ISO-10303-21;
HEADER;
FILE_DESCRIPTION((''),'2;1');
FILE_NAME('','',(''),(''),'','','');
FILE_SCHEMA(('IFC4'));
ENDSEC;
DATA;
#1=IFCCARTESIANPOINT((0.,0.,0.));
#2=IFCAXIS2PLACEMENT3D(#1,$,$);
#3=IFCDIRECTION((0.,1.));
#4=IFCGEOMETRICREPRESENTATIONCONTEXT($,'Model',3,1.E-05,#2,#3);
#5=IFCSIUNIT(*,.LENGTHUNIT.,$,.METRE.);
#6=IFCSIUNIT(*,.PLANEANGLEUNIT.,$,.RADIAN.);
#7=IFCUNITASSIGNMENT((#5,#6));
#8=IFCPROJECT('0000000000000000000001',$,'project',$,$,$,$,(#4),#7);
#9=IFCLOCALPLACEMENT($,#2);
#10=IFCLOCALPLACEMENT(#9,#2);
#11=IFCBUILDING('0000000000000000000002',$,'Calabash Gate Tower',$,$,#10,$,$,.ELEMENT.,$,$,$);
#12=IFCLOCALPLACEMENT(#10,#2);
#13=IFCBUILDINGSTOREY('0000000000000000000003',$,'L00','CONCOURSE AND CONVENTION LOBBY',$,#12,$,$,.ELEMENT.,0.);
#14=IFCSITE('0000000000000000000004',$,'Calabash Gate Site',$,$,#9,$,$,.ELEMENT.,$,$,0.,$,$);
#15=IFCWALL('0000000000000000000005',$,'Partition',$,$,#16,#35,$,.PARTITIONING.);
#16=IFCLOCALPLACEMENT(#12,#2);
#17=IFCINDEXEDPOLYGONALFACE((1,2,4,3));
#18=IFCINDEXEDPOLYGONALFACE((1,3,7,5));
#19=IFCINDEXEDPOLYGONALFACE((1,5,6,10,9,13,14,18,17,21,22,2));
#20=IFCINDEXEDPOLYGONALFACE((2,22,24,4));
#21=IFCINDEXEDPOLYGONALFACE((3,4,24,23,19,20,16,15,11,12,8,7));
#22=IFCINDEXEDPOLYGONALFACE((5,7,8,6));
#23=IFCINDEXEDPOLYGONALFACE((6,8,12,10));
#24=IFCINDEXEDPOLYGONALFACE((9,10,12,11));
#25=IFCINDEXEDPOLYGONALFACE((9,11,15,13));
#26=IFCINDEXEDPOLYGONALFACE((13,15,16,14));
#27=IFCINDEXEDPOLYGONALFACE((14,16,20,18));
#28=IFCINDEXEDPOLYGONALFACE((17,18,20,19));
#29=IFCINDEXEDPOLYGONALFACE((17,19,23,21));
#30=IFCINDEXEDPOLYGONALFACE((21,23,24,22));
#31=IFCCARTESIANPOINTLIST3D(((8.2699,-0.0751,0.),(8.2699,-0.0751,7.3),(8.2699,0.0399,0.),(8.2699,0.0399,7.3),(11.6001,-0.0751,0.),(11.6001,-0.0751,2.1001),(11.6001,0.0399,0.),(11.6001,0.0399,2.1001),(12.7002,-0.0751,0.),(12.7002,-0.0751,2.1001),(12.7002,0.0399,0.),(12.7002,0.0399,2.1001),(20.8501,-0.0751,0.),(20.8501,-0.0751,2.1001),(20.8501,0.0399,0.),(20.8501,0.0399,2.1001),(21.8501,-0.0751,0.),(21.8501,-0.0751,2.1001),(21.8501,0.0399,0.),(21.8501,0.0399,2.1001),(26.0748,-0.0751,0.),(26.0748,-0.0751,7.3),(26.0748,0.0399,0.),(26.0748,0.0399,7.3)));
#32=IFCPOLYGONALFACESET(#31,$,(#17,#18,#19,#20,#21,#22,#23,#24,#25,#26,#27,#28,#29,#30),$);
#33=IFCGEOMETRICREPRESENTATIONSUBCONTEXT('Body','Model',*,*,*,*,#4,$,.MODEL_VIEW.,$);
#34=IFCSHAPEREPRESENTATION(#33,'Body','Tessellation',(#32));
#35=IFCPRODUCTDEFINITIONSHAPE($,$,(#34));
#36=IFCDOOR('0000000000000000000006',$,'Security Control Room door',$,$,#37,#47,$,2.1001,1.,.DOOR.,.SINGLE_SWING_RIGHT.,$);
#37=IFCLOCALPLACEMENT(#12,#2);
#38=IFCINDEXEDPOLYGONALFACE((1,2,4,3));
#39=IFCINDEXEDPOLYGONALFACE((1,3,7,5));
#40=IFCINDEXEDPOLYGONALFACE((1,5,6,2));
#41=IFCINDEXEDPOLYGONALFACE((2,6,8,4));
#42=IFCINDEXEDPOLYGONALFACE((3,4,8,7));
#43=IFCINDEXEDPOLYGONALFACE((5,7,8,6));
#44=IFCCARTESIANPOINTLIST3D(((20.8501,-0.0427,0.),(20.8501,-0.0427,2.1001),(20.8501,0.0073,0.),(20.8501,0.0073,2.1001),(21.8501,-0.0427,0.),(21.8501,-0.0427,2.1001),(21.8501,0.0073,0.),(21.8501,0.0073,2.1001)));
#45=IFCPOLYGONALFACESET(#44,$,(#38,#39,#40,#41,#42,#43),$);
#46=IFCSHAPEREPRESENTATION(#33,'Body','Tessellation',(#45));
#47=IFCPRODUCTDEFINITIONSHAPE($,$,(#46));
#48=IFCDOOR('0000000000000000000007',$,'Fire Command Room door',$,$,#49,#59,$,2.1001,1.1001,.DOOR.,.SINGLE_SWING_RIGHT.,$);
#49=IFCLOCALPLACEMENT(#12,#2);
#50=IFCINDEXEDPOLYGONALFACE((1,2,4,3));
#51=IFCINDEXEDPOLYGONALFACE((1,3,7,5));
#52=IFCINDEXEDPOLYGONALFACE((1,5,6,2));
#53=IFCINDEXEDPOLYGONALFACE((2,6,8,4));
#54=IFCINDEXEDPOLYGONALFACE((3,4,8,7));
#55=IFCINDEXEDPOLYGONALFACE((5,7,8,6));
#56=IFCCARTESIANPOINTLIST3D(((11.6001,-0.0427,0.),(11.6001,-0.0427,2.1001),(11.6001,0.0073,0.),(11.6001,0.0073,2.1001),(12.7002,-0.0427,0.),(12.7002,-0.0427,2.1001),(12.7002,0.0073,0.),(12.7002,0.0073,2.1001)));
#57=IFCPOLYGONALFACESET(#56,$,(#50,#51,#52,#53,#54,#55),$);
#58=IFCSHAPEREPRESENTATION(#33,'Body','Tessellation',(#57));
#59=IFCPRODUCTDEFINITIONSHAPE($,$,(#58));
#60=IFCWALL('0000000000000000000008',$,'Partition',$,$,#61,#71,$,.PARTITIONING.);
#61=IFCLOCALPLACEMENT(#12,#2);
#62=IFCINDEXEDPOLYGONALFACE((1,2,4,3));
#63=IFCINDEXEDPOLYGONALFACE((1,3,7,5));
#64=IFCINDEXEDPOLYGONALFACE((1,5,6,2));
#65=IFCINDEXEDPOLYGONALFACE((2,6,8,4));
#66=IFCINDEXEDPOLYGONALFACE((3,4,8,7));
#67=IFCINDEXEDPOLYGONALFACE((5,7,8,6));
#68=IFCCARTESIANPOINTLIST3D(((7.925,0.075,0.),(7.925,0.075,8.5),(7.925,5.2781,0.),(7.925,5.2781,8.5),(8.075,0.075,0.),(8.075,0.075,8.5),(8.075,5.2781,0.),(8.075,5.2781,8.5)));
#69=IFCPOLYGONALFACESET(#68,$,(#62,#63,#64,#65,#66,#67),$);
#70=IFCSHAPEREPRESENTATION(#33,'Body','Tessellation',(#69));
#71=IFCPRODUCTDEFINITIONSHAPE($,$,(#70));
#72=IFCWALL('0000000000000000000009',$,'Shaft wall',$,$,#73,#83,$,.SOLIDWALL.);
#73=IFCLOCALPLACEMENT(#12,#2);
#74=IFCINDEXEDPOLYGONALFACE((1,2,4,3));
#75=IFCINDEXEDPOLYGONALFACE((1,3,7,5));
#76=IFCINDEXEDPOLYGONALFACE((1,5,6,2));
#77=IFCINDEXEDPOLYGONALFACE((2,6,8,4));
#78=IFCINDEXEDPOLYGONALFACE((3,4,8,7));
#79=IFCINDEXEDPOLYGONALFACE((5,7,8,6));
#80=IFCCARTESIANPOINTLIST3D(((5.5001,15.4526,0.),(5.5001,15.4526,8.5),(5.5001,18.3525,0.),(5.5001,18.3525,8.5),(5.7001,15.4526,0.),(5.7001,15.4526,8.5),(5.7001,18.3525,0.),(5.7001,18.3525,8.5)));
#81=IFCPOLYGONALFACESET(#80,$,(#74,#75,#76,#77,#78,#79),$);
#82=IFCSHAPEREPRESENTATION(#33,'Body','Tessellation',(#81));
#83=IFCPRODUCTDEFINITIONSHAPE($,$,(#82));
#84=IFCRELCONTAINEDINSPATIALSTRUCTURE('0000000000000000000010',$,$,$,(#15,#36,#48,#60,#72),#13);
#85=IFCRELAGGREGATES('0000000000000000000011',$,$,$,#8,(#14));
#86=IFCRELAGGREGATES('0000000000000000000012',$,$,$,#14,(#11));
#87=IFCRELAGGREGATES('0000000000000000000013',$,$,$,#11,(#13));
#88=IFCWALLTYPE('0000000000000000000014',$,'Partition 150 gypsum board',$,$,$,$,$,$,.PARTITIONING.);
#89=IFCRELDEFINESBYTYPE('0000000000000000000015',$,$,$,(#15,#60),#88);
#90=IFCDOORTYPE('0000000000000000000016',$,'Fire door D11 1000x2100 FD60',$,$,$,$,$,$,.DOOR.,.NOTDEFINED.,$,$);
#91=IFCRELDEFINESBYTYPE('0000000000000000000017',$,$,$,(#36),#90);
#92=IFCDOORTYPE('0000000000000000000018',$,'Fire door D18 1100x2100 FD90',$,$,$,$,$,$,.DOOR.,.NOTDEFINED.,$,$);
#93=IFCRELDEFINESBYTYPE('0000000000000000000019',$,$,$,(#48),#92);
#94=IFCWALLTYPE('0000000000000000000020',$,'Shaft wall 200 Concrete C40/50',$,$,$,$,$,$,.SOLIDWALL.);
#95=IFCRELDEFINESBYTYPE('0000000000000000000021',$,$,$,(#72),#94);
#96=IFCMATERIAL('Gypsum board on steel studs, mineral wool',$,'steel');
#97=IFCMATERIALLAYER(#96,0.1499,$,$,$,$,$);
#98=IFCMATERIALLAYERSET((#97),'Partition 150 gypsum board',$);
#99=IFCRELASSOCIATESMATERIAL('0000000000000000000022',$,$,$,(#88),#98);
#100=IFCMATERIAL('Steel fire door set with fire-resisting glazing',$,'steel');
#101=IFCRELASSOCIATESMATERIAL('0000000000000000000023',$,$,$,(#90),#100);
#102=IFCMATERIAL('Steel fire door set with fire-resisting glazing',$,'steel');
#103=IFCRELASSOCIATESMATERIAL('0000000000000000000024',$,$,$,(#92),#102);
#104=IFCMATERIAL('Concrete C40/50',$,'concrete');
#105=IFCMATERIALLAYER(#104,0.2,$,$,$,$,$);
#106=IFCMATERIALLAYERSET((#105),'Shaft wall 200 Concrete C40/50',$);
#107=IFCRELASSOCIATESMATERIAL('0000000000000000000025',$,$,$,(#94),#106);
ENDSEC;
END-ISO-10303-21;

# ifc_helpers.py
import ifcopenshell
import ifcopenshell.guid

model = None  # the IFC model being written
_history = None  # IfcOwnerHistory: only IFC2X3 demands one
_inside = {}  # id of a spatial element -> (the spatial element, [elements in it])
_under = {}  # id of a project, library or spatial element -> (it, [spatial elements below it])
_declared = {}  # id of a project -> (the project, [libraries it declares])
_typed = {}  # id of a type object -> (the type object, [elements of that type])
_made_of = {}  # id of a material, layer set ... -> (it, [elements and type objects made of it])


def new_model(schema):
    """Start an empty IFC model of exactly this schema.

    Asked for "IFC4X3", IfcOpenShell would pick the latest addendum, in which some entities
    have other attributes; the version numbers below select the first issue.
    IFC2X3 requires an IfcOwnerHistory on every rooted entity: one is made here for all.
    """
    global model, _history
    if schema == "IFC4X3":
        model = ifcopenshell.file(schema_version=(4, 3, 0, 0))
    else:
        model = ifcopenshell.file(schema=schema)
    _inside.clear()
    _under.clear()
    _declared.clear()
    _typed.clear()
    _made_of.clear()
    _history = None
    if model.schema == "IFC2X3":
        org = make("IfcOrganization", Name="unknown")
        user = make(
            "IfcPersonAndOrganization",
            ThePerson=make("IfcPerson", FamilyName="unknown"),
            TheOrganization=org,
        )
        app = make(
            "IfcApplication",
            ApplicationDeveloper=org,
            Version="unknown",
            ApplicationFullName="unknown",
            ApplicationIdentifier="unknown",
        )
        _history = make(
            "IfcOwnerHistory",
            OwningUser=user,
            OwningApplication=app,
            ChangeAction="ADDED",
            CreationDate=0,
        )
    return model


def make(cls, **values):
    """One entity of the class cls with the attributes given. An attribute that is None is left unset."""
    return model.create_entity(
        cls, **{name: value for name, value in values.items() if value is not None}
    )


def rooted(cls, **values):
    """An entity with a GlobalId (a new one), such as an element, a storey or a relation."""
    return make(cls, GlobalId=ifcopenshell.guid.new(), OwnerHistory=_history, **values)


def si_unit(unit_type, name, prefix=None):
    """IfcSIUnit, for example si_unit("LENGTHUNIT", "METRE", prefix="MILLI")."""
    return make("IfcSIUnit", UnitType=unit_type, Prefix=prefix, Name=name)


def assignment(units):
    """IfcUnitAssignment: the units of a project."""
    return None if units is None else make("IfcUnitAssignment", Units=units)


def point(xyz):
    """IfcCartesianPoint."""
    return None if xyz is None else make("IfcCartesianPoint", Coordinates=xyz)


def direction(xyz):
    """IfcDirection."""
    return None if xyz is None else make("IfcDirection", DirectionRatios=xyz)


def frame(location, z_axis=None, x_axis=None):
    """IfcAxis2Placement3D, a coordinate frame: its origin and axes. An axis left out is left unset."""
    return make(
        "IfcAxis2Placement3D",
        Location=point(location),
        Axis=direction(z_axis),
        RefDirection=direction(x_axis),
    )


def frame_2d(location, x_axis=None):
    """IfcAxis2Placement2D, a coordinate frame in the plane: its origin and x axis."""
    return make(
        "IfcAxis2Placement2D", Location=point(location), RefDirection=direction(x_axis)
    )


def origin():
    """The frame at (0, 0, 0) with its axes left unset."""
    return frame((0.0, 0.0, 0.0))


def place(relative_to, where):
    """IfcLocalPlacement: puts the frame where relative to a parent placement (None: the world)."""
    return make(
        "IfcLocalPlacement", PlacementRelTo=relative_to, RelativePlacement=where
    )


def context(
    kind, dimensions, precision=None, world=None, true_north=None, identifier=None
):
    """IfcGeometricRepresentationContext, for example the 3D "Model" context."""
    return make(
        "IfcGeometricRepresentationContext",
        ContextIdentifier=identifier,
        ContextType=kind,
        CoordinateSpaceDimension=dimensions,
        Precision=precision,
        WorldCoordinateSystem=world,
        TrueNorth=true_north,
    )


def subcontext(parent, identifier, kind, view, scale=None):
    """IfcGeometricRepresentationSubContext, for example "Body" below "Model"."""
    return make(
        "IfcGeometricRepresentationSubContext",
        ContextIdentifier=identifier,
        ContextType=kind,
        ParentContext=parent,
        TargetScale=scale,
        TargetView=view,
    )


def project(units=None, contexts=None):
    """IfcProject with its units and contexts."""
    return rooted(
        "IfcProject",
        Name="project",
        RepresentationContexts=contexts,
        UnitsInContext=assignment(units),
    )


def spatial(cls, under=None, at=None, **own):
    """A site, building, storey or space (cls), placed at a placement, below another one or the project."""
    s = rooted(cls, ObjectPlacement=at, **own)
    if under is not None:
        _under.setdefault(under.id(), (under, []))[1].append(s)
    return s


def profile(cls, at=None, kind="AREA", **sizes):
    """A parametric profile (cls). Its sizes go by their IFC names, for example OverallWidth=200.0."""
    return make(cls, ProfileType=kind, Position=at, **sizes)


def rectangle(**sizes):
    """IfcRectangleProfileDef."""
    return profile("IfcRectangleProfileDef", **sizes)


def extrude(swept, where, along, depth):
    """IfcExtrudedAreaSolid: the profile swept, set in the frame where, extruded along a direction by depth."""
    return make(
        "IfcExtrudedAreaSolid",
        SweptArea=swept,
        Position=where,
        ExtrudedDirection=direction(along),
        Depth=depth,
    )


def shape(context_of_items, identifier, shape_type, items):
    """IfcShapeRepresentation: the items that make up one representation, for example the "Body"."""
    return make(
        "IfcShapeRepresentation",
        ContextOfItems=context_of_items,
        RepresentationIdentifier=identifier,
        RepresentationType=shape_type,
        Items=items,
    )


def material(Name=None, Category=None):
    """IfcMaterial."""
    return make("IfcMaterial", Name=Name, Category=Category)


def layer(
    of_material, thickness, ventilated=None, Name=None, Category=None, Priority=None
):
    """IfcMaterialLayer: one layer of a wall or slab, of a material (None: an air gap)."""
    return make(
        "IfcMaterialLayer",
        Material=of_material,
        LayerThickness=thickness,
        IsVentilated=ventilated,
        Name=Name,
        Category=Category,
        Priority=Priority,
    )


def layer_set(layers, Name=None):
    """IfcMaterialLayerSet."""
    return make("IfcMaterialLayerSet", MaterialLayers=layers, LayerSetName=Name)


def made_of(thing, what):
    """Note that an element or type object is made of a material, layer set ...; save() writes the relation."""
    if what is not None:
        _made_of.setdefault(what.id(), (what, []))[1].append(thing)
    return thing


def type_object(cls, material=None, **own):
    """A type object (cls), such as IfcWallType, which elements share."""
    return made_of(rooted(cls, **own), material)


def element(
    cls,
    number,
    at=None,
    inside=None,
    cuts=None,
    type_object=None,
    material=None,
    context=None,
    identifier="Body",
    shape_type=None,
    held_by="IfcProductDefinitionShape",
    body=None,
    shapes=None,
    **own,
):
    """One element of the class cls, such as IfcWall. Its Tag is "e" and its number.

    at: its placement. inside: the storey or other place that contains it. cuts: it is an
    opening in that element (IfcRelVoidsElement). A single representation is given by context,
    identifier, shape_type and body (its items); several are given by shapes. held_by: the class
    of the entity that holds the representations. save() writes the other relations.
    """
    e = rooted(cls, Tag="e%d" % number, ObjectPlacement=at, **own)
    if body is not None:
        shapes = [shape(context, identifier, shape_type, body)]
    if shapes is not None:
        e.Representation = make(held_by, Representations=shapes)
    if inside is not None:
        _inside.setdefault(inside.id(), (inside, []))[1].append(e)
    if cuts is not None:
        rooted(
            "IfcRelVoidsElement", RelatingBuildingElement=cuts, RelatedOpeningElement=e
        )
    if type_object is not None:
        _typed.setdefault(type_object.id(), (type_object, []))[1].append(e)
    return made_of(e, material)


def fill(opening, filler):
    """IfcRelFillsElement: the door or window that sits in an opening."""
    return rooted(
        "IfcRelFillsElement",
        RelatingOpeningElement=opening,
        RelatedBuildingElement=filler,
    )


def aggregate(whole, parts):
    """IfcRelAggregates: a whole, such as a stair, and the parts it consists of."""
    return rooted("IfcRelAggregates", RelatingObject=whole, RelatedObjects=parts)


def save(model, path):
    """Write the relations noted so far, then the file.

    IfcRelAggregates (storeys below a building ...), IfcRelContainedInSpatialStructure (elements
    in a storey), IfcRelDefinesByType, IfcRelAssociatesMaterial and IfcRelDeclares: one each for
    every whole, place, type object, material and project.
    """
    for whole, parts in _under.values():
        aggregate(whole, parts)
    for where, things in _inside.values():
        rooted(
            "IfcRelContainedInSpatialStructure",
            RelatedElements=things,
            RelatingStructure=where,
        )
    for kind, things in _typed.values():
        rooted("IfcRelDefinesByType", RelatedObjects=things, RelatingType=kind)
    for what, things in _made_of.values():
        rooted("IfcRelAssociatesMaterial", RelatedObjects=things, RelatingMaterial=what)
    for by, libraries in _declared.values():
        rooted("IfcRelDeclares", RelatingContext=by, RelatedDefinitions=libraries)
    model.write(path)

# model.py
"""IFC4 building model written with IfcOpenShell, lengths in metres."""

from ifc_helpers import new_model, si_unit, direction, frame, frame_2d, origin, place, context, subcontext, project, spatial, rectangle, extrude, material, layer, layer_set, type_object, element, fill, save


model = new_model("IFC4")

# Units and contexts
model_context = context("Model", 3, precision=1e-05, world=origin(), true_north=direction((0.0, 1.0)))
body_context = subcontext(model_context, "Body", "Model", "MODEL_VIEW")
ifc_project = project(units=[si_unit("LENGTHUNIT", "METRE"), si_unit("PLANEANGLEUNIT", "RADIAN")], contexts=[model_context])

# Site, building, storey
site_placement = place(None, origin())
site = spatial("IfcSite", under=ifc_project, at=site_placement, Name="Calabash Gate Site", CompositionType="ELEMENT", RefElevation=0.0)
building_placement = place(site_placement, origin())
building = spatial("IfcBuilding", under=site, at=building_placement, Name="Calabash Gate Tower", CompositionType="ELEMENT")
storey_placement = place(building_placement, origin())
storey = spatial("IfcBuildingStorey", under=building, at=storey_placement, Name="L00", Description="CONCOURSE AND CONVENTION LOBBY", CompositionType="ELEMENT", Elevation=0.0)

# Wall, openings, doors
ifc_material_1 = material(Name="Gypsum board on steel studs, mineral wool", Category="steel")
ifc_layer_1 = layer(ifc_material_1, 0.1499)
ifc_layer_set_1 = layer_set([ifc_layer_1], Name="Partition 150 gypsum board")
wall_type_1 = type_object("IfcWallType", Name="Partition 150 gypsum board", PredefinedType="PARTITIONING", material=ifc_layer_set_1)
wall_1_placement = place(storey_placement, frame((8.27, -0.0176, 0.0), z_axis=(0.0, 0.0, 1.0), x_axis=(1.0, 0.0, 0.0)))
wall_1 = element("IfcWall", 1, at=wall_1_placement, inside=storey, type_object=wall_type_1, Name="Partition", PredefinedType="PARTITIONING", context=body_context, shape_type="SweptSolid", body=[
    extrude(rectangle(XDim=17.8049, YDim=0.115, at=frame_2d((8.9023, 0.0))), origin(), (0.0, 0.0, 1.0), 7.3),
])
opening_1_placement = place(wall_1_placement, frame((3.3301, 0.0, 0.0)))
opening_1 = element("IfcOpeningElement", 2, at=opening_1_placement, cuts=wall_1, PredefinedType="OPENING", context=body_context, shape_type="SweptSolid", body=[
    extrude(rectangle(XDim=1.1001, YDim=2.1001, at=frame_2d((0.55, 1.05))), frame((0.0, 0.0674, 0.0), z_axis=(0.0, -1.0, 0.0), x_axis=(1.0, 0.0, 0.0)), (0.0, 0.0, 1.0), 0.135),
])
opening_2_placement = place(wall_1_placement, frame((12.5801, 0.0, 0.0)))
opening_2 = element("IfcOpeningElement", 3, at=opening_2_placement, cuts=wall_1, PredefinedType="OPENING", context=body_context, shape_type="SweptSolid", body=[
    extrude(rectangle(XDim=1.0, YDim=2.1001, at=frame_2d((0.5, 1.05))), frame((0.0, 0.0674, 0.0), z_axis=(0.0, -1.0, 0.0), x_axis=(1.0, 0.0, 0.0)), (0.0, 0.0, 1.0), 0.135),
])
ifc_material_2 = material(Name="Steel fire door set with fire-resisting glazing", Category="steel")
door_type_1 = type_object("IfcDoorType", Name="Fire door D11 1000x2100 FD60", OperationType="NOTDEFINED", PredefinedType="DOOR", material=ifc_material_2)
door_1_placement = place(opening_2_placement, origin())
door_1 = element("IfcDoor", 4, at=door_1_placement, inside=storey, type_object=door_type_1, Name="Security Control Room door", OperationType="SINGLE_SWING_RIGHT", OverallHeight=2.1001, OverallWidth=1.0, PredefinedType="DOOR", context=body_context, shape_type="SweptSolid", body=[
    extrude(rectangle(XDim=1.0, YDim=2.1001, at=frame_2d((0.5, 1.05))), frame((0.0, 0.0249, 0.0), z_axis=(0.0, -1.0, 0.0), x_axis=(1.0, 0.0, 0.0)), (0.0, 0.0, 1.0), 0.05),
])
fill(opening_2, door_1)
ifc_material_3 = material(Name="Steel fire door set with fire-resisting glazing", Category="steel")
door_type_2 = type_object("IfcDoorType", Name="Fire door D18 1100x2100 FD90", OperationType="NOTDEFINED", PredefinedType="DOOR", material=ifc_material_3)
door_2_placement = place(opening_1_placement, origin())
door_2 = element("IfcDoor", 5, at=door_2_placement, inside=storey, type_object=door_type_2, Name="Fire Command Room door", OperationType="SINGLE_SWING_RIGHT", OverallHeight=2.1001, OverallWidth=1.1001, PredefinedType="DOOR", context=body_context, shape_type="SweptSolid", body=[
    extrude(rectangle(XDim=1.1001, YDim=2.1001, at=frame_2d((0.55, 1.05))), frame((0.0, 0.0249, 0.0), z_axis=(0.0, -1.0, 0.0), x_axis=(1.0, 0.0, 0.0)), (0.0, 0.0, 1.0), 0.05),
])
fill(opening_1, door_2)

# Walls
wall_2_placement = place(storey_placement, frame((8.0, 0.075, 0.0), z_axis=(0.0, 0.0, 1.0), x_axis=(0.0, 1.0, 0.0)))
element("IfcWall", 6, at=wall_2_placement, inside=storey, type_object=wall_type_1, Name="Partition", PredefinedType="PARTITIONING", context=body_context, shape_type="SweptSolid", body=[
    extrude(rectangle(XDim=5.2031, YDim=0.1499, at=frame_2d((2.6016, 0.0))), origin(), (0.0, 0.0, 1.0), 8.5),
])
ifc_material_4 = material(Name="Concrete C40/50", Category="concrete")
ifc_layer_2 = layer(ifc_material_4, 0.2)
ifc_layer_set_2 = layer_set([ifc_layer_2], Name="Shaft wall 200 Concrete C40/50")
wall_type_2 = type_object("IfcWallType", Name="Shaft wall 200 Concrete C40/50", PredefinedType="SOLIDWALL", material=ifc_layer_set_2)
wall_3_placement = place(storey_placement, frame((5.6001, 15.4526, 0.0), z_axis=(0.0, 0.0, 1.0), x_axis=(0.0, 1.0, 0.0)))
element("IfcWall", 7, at=wall_3_placement, inside=storey, type_object=wall_type_2, Name="Shaft wall", PredefinedType="SOLIDWALL", context=body_context, shape_type="SweptSolid", body=[
    extrude(rectangle(XDim=2.8999, YDim=0.2, at=frame_2d((1.45, 0.0))), origin(), (0.0, 0.0, 1.0), 8.5),
])

save(model, "model.ifc")
